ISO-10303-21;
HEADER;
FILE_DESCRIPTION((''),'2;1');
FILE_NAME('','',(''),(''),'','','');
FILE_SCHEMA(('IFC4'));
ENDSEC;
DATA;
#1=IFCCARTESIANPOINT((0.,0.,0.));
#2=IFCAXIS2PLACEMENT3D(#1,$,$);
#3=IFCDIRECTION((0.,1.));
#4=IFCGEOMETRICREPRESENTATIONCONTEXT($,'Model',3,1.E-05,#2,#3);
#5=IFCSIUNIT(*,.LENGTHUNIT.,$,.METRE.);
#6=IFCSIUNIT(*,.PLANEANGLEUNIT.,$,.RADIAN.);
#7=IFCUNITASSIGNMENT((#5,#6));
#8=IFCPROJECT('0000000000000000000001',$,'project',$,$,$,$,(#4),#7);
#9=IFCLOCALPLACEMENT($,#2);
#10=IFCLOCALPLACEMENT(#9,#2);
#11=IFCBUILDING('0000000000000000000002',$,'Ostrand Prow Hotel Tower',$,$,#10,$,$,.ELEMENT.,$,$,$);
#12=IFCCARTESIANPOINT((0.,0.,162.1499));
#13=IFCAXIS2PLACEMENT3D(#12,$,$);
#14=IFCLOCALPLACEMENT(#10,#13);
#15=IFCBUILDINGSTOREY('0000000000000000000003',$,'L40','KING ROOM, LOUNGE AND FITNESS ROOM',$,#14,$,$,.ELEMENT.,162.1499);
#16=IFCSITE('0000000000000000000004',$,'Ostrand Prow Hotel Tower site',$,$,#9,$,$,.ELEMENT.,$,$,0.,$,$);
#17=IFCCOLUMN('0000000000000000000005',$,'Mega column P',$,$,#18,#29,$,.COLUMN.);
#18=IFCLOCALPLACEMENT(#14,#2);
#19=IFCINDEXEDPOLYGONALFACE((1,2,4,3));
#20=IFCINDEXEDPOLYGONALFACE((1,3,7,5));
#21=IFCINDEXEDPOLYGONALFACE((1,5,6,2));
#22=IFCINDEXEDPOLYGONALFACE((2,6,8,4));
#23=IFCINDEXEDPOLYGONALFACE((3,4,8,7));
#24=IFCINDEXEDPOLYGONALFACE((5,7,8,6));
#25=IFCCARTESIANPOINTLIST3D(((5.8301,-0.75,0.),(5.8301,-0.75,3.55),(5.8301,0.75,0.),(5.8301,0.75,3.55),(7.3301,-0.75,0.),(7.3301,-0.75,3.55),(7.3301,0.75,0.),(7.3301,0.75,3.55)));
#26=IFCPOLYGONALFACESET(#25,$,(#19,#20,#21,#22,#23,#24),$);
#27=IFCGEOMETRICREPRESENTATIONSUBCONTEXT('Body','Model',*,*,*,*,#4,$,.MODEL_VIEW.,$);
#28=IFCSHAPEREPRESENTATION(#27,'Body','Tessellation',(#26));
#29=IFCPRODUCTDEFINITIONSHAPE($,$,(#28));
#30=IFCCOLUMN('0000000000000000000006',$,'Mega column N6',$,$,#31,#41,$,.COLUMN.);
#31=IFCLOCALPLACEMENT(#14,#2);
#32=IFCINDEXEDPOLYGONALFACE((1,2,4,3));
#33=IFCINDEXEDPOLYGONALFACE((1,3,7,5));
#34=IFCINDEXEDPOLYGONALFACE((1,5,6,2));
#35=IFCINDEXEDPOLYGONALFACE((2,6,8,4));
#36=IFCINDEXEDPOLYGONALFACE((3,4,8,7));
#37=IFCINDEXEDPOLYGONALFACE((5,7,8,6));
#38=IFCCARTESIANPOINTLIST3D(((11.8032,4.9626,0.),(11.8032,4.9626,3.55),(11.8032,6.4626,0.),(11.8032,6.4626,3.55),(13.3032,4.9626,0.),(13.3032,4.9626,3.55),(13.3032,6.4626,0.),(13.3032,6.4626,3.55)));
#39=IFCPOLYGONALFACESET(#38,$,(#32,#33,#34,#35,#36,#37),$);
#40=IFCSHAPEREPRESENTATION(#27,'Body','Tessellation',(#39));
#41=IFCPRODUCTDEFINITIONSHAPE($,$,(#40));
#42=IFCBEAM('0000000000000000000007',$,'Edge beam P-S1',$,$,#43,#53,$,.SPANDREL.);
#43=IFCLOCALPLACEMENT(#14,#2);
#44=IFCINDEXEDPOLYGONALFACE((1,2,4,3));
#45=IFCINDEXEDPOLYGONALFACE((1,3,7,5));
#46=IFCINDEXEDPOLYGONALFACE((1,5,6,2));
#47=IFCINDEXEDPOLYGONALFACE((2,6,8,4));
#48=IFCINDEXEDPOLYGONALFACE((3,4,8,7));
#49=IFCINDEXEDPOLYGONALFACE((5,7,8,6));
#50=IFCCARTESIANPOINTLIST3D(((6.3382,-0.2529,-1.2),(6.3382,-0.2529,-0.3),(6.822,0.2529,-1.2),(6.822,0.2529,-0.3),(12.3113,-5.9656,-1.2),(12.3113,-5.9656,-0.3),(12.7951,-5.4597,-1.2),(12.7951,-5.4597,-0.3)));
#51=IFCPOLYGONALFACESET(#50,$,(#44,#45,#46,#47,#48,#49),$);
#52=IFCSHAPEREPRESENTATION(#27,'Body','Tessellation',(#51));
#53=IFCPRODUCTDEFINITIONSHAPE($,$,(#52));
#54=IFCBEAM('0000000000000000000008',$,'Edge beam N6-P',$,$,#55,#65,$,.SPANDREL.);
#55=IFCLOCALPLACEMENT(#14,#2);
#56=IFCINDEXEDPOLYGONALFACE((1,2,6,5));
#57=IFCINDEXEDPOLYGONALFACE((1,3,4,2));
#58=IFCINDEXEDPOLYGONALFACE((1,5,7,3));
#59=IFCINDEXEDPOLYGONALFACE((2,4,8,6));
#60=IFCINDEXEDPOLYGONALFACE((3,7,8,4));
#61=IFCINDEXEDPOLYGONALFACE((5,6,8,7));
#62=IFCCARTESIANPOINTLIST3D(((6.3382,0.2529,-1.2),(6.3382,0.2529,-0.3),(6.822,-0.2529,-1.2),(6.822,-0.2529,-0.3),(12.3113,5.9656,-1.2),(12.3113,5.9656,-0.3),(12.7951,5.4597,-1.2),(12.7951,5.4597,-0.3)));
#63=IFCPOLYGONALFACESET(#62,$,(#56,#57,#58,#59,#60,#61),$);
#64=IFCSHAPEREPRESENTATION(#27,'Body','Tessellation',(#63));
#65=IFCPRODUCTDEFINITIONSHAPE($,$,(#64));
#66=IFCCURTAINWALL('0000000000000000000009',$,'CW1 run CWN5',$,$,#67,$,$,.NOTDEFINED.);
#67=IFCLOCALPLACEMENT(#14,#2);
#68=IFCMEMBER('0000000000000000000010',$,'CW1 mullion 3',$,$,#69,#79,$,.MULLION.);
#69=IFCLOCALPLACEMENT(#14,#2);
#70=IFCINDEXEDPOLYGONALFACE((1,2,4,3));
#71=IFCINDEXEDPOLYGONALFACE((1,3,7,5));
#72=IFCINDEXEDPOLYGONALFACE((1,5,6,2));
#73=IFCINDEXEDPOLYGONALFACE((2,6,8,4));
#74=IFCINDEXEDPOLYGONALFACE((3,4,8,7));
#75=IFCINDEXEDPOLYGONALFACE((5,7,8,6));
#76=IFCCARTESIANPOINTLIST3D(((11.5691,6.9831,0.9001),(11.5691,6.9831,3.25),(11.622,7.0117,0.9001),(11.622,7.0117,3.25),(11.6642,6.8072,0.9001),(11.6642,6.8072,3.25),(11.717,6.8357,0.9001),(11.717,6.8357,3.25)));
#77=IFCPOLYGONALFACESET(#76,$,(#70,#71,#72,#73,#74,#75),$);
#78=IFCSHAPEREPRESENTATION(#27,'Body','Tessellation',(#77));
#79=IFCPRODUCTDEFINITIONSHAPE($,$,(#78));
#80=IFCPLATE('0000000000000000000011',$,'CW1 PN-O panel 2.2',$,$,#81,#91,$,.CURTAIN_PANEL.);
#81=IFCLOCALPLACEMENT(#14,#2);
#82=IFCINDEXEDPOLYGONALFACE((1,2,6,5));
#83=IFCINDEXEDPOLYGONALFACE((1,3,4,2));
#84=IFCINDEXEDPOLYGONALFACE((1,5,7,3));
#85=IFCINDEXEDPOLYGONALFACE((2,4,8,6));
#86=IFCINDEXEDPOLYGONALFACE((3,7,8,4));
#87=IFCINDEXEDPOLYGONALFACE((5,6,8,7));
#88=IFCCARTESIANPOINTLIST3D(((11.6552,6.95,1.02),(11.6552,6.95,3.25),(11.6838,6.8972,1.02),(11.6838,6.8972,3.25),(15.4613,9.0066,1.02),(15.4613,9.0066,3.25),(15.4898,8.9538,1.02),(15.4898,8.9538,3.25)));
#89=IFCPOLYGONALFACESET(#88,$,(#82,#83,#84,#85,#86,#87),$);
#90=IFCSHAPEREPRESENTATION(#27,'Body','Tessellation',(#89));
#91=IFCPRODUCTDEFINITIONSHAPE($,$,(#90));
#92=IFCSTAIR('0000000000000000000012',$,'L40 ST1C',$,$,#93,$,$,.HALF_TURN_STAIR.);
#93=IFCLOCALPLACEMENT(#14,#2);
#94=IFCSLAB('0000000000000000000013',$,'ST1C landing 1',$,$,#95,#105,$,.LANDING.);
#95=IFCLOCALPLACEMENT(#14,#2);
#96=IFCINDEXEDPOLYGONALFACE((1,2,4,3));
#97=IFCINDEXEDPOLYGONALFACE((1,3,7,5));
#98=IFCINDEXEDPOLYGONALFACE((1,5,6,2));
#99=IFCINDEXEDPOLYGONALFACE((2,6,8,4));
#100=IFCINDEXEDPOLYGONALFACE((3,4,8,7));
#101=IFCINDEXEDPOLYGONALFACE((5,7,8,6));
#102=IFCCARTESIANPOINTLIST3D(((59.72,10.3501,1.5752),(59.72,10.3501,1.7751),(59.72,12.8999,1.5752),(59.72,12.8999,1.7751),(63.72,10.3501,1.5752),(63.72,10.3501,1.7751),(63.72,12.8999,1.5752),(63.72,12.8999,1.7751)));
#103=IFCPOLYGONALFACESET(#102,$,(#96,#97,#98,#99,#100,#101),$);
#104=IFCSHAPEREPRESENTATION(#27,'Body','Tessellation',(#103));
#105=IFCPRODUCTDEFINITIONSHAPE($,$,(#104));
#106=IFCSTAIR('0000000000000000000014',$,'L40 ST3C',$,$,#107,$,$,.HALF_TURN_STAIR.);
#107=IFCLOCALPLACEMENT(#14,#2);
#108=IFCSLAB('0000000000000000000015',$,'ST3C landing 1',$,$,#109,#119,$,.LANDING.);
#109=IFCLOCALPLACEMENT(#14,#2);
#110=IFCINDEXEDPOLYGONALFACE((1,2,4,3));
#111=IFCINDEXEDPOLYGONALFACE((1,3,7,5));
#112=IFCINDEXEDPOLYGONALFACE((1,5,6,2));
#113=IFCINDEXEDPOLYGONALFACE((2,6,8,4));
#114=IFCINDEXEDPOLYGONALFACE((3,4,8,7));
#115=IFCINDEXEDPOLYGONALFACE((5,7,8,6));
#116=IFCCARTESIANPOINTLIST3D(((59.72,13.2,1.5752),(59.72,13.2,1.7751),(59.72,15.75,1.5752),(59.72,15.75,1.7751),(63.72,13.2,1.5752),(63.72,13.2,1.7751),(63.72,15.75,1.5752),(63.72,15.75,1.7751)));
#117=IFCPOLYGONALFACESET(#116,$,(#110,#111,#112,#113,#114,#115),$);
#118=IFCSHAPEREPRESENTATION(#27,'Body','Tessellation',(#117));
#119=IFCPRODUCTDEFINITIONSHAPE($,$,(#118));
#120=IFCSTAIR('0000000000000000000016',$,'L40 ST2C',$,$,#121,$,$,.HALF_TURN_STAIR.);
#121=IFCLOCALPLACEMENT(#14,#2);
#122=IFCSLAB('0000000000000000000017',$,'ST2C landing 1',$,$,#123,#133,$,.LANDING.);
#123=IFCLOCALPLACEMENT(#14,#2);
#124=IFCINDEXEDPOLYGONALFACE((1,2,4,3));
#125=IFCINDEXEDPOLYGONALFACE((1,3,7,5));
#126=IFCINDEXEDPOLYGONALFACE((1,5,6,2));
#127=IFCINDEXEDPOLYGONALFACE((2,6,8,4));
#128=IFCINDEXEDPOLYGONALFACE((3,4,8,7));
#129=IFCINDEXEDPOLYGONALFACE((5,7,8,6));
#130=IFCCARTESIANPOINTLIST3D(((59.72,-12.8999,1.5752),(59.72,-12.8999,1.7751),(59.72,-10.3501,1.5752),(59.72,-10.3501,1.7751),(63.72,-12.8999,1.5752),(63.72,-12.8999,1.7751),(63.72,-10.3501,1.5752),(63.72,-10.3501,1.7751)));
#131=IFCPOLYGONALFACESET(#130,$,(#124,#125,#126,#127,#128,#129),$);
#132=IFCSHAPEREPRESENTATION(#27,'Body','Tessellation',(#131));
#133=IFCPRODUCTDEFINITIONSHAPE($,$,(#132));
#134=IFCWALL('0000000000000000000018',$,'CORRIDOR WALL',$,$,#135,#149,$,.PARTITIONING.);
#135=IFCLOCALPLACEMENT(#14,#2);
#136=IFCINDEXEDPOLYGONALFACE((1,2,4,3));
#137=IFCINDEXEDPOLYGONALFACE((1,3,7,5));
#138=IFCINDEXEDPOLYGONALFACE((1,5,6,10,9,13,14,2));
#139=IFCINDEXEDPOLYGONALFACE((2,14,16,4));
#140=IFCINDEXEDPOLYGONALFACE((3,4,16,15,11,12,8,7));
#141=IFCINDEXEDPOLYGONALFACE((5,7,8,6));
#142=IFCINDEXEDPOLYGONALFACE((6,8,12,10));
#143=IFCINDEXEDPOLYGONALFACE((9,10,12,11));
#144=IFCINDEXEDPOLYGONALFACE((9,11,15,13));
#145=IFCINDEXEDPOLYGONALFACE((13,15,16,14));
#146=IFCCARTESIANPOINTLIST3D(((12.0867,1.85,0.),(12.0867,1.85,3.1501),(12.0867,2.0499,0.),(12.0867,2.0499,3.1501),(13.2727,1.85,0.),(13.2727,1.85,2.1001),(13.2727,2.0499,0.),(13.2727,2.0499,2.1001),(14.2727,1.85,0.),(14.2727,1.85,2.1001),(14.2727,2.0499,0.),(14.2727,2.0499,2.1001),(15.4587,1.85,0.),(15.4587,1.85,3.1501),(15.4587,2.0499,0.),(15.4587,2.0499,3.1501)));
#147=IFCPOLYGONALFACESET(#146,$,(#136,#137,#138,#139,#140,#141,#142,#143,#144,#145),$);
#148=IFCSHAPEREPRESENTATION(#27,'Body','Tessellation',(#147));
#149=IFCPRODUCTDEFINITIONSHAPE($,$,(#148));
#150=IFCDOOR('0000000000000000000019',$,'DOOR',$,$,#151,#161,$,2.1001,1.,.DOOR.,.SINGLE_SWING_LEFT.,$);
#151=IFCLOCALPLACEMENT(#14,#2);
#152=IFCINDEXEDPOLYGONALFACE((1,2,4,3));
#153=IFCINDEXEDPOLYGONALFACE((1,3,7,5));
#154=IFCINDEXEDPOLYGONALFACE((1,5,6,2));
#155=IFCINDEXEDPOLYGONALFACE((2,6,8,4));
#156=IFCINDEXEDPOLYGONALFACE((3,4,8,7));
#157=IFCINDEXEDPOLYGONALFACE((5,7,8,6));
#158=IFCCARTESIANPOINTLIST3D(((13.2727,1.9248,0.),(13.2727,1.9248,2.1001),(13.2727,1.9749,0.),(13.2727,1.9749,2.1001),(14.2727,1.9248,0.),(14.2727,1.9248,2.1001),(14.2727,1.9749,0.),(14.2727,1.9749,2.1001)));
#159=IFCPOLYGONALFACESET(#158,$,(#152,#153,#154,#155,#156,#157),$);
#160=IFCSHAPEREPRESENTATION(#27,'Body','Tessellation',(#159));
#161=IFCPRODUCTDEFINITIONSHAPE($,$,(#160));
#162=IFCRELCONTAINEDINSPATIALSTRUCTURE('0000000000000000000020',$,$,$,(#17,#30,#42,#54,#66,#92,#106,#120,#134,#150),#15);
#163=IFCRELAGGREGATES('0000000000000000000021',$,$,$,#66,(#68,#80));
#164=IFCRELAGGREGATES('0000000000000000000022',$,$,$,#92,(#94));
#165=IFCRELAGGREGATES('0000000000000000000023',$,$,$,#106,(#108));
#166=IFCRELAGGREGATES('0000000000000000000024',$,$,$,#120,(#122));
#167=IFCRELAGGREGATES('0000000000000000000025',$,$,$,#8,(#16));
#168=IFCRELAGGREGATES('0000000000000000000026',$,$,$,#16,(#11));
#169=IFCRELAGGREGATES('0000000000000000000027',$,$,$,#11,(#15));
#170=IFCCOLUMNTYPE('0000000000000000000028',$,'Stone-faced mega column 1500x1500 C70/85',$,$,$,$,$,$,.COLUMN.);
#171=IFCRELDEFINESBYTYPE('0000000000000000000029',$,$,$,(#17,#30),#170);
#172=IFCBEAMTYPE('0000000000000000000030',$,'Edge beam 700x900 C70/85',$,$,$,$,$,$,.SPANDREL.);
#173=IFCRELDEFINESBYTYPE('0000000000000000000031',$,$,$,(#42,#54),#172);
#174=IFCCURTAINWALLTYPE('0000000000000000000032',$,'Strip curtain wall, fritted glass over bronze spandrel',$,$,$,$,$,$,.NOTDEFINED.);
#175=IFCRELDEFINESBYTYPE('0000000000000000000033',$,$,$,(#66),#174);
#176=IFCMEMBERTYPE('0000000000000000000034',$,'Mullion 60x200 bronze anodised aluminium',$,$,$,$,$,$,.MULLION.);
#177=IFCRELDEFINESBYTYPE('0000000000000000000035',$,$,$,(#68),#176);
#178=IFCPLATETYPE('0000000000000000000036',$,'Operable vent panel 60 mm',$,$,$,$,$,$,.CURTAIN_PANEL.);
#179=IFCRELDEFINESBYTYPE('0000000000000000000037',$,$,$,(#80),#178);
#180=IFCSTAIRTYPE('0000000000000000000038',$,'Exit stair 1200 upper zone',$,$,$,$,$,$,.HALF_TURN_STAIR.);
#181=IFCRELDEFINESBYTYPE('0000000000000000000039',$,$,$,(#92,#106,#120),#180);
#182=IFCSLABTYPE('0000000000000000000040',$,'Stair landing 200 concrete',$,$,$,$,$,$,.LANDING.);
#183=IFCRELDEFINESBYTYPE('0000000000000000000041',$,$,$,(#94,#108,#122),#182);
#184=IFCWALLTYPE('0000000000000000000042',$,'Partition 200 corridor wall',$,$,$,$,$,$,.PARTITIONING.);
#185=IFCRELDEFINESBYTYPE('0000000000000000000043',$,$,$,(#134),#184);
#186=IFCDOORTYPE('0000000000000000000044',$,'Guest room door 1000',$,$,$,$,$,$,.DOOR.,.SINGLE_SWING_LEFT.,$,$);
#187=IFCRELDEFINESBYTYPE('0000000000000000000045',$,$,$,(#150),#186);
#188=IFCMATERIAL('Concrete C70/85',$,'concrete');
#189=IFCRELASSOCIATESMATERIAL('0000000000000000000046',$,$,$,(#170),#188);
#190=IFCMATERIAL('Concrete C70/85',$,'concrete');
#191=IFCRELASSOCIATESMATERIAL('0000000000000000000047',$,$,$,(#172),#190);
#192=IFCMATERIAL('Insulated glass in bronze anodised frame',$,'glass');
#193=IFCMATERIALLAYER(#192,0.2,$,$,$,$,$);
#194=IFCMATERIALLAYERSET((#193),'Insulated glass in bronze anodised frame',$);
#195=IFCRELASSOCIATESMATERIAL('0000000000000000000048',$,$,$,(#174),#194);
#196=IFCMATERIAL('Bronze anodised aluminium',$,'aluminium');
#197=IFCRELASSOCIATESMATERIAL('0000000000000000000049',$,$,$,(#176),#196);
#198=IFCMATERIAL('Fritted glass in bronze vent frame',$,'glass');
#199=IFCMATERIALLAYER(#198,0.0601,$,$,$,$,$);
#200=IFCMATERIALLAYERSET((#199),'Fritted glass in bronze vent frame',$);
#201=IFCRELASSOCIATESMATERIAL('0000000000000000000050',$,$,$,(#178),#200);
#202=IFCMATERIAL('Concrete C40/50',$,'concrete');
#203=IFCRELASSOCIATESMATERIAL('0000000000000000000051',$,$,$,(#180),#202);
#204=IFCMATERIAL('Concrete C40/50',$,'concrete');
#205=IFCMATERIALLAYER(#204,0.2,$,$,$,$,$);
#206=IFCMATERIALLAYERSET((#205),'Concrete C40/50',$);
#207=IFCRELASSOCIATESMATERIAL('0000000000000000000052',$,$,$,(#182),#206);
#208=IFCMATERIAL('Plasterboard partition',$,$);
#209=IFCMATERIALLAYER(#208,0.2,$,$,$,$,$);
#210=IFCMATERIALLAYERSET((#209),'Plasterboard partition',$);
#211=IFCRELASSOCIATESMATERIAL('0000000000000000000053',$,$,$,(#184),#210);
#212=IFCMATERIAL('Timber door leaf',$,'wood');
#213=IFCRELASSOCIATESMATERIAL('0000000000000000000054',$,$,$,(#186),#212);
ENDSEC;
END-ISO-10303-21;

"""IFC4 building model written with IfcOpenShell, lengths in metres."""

from ifc_helpers import new_model, si_unit, direction, frame, frame_2d, origin, origin_2d, place, context, subcontext, project, spatial, polyline, rectangle, outline, extrude, material, layer, layer_set, material_profile, profile_set, type_object, element, fill, aggregate, save


model = new_model("IFC4")

# Units and contexts
model_context = context("Model", 3, precision=1e-05, world=origin(), true_north=direction((0.0, 1.0)))
body_context = subcontext(model_context, "Body", "Model", "MODEL_VIEW")
ifc_project = project(units=[si_unit("LENGTHUNIT", "METRE"), si_unit("PLANEANGLEUNIT", "RADIAN")], contexts=[model_context])

# Site, building, storey
site_placement = place(None, origin())
site = spatial("IfcSite", under=ifc_project, at=site_placement, Name="Ostrand Prow Hotel Tower site", CompositionType="ELEMENT", RefElevation=0.0)
building_placement = place(site_placement, origin())
building = spatial("IfcBuilding", under=site, at=building_placement, Name="Ostrand Prow Hotel Tower", CompositionType="ELEMENT")
storey_placement = place(building_placement, frame((0.0, 0.0, 162.1499)))
storey = spatial("IfcBuildingStorey", under=building, at=storey_placement, Name="L40", Description="KING ROOM, LOUNGE AND FITNESS ROOM", CompositionType="ELEMENT", Elevation=162.1499)

# Columns
ifc_material_1 = material(Name="Concrete C70/85", Category="concrete")
ifc_material_profile_1 = material_profile(ifc_material_1, rectangle(XDim=1.5, YDim=1.5, at=origin_2d()), Name="RC 1500x1500")
ifc_profile_set_1 = profile_set([ifc_material_profile_1], Name="Concrete C70/85")
column_type = type_object("IfcColumnType", Name="Stone-faced mega column 1500x1500 C70/85", PredefinedType="COLUMN", material=ifc_profile_set_1)
for number, where, z_axis, x_axis, name in (
    (1, (6.5801, 0.0, 0.0), (0.0, 0.0, 1.0), (1.0, 0.0, 0.0), "Mega column P"),
    (2, (12.5532, 5.7126, 0.0), (0.0, 0.0, 1.0), (1.0, 0.0, 0.0), "Mega column N6"),
):
    element("IfcColumn", number, at=place(storey_placement, frame(where, z_axis=z_axis, x_axis=x_axis)), inside=storey, type_object=column_type, Name=name, PredefinedType="COLUMN", context=body_context, shape_type="SweptSolid", body=[
        extrude(rectangle(XDim=1.5, YDim=1.5, at=origin_2d()), origin(), (0.0, 0.0, 1.0), 3.55),
    ])

# Beams
ifc_material_2 = material(Name="Concrete C70/85", Category="concrete")
ifc_material_profile_2 = material_profile(ifc_material_2, rectangle(XDim=0.7, YDim=0.8999, at=origin_2d()), Name="RC 700x900")
ifc_profile_set_2 = profile_set([ifc_material_profile_2], Name="Concrete C70/85")
beam_type = type_object("IfcBeamType", Name="Edge beam 700x900 C70/85", PredefinedType="SPANDREL", material=ifc_profile_set_2)
for number, where, z_axis, x_axis, name in (
    (3, (6.5801, 0.0, -0.75), (0.72269, -0.691172, 0.0), (0.691172, 0.72269, 0.0), "Edge beam P-S1"),
    (4, (12.5532, 5.7126, -0.75), (-0.72269, -0.691172, 0.0), (0.691172, -0.72269, 0.0), "Edge beam N6-P"),
):
    element("IfcBeam", number, at=place(storey_placement, frame(where, z_axis=z_axis, x_axis=x_axis)), inside=storey, type_object=beam_type, Name=name, PredefinedType="SPANDREL", context=body_context, shape_type="SweptSolid", body=[
        extrude(rectangle(XDim=0.7, YDim=0.8999, at=origin_2d()), origin(), (0.0, 0.0, 1.0), 8.2651),
    ])

# Curtain wall, member, plate
ifc_material_3 = material(Name="Insulated glass in bronze anodised frame", Category="glass")
ifc_layer_1 = layer(ifc_material_3, 0.2)
ifc_layer_set_1 = layer_set([ifc_layer_1], Name="Insulated glass in bronze anodised frame")
curtain_wall_type = type_object("IfcCurtainWallType", Name="Strip curtain wall, fritted glass over bronze spandrel", PredefinedType="NOTDEFINED", material=ifc_layer_set_1)
curtain_wall_placement = place(storey_placement, origin())
curtain_wall = element("IfcCurtainWall", 5, at=curtain_wall_placement, inside=storey, type_object=curtain_wall_type, Name="CW1 run CWN5", PredefinedType="NOTDEFINED")
ifc_material_4 = material(Name="Bronze anodised aluminium", Category="aluminium")
ifc_material_profile_3 = material_profile(ifc_material_4, rectangle(XDim=0.2, YDim=0.0601, at=origin_2d()), Name="Mullion 60x200 bronze anodised aluminium")
ifc_profile_set_3 = profile_set([ifc_material_profile_3], Name="Bronze anodised aluminium")
member_type = type_object("IfcMemberType", Name="Mullion 60x200 bronze anodised aluminium", PredefinedType="MULLION", material=ifc_profile_set_3)
member_placement = place(storey_placement, frame((11.6431, 6.9094, 0.9001), z_axis=(0.0, 0.0, 1.0), x_axis=(0.475394, -0.879773, 0.0)))
member = element("IfcMember", 6, at=member_placement, type_object=member_type, Name="CW1 mullion 3", PredefinedType="MULLION", context=body_context, shape_type="SweptSolid", body=[
    extrude(rectangle(XDim=0.2, YDim=0.0601, at=origin_2d()), origin(), (0.0, 0.0, 1.0), 2.3499),
])
ifc_material_5 = material(Name="Fritted glass in bronze vent frame", Category="glass")
ifc_layer_2 = layer(ifc_material_5, 0.0601)
ifc_layer_set_2 = layer_set([ifc_layer_2], Name="Fritted glass in bronze vent frame")
plate_type = type_object("IfcPlateType", Name="Operable vent panel 60 mm", PredefinedType="CURTAIN_PANEL", material=ifc_layer_set_2)
plate_placement = place(storey_placement, frame((13.5725, 7.9519, 1.02), z_axis=(0.0, 0.0, 1.0), x_axis=(-0.879773, -0.475394, 0.0)))
plate = element("IfcPlate", 7, at=plate_placement, type_object=plate_type, Name="CW1 PN-O panel 2.2", PredefinedType="CURTAIN_PANEL", context=body_context, shape_type="SweptSolid", body=[
    extrude(rectangle(XDim=4.3262, YDim=0.0601, at=origin_2d()), origin(), (0.0, 0.0, 1.0), 2.23),
])
aggregate(curtain_wall, [member, plate])

# Stairs, slabs
ifc_material_6 = material(Name="Concrete C40/50", Category="concrete")
stair_type = type_object("IfcStairType", Name="Exit stair 1200 upper zone", PredefinedType="HALF_TURN_STAIR", material=ifc_material_6)
stair_1_placement = place(storey_placement, origin())
stair_1 = element("IfcStair", 8, at=stair_1_placement, inside=storey, type_object=stair_type, Name="L40 ST1C", PredefinedType="HALF_TURN_STAIR")
ifc_material_7 = material(Name="Concrete C40/50", Category="concrete")
ifc_layer_3 = layer(ifc_material_7, 0.2)
ifc_layer_set_3 = layer_set([ifc_layer_3], Name="Concrete C40/50")
slab_type = type_object("IfcSlabType", Name="Stair landing 200 concrete", PredefinedType="LANDING", material=ifc_layer_set_3)
slab_1_placement = place(storey_placement, frame((0.0, 0.0, 1.5752)))
slab_1 = element("IfcSlab", 9, at=slab_1_placement, type_object=slab_type, Name="ST1C landing 1", PredefinedType="LANDING", context=body_context, shape_type="SweptSolid", body=[
    extrude(outline(polyline([(59.72, 10.3501), (63.72, 10.3501), (63.72, 12.8999), (59.72, 12.8999), (59.72, 10.3501)])), origin(), (0.0, 0.0, 1.0), 0.2),
])
aggregate(stair_1, [slab_1])
stair_2_placement = place(storey_placement, origin())
stair_2 = element("IfcStair", 10, at=stair_2_placement, inside=storey, type_object=stair_type, Name="L40 ST3C", PredefinedType="HALF_TURN_STAIR")
slab_2_placement = place(storey_placement, frame((0.0, 0.0, 1.5752)))
slab_2 = element("IfcSlab", 11, at=slab_2_placement, type_object=slab_type, Name="ST3C landing 1", PredefinedType="LANDING", context=body_context, shape_type="SweptSolid", body=[
    extrude(outline(polyline([(59.72, 13.2), (63.72, 13.2), (63.72, 15.75), (59.72, 15.75), (59.72, 13.2)])), origin(), (0.0, 0.0, 1.0), 0.2),
])
aggregate(stair_2, [slab_2])
stair_3_placement = place(storey_placement, origin())
stair_3 = element("IfcStair", 12, at=stair_3_placement, inside=storey, type_object=stair_type, Name="L40 ST2C", PredefinedType="HALF_TURN_STAIR")
slab_3_placement = place(storey_placement, frame((0.0, 0.0, 1.5752)))
slab_3 = element("IfcSlab", 13, at=slab_3_placement, type_object=slab_type, Name="ST2C landing 1", PredefinedType="LANDING", context=body_context, shape_type="SweptSolid", body=[
    extrude(outline(polyline([(59.72, -12.8999), (63.72, -12.8999), (63.72, -10.3501), (59.72, -10.3501), (59.72, -12.8999)])), origin(), (0.0, 0.0, 1.0), 0.2),
])
aggregate(stair_3, [slab_3])

# Wall, opening, door
ifc_material_8 = material(Name="Plasterboard partition")
ifc_layer_4 = layer(ifc_material_8, 0.2)
ifc_layer_set_4 = layer_set([ifc_layer_4], Name="Plasterboard partition")
wall_type_1 = type_object("IfcWallType", Name="Partition 200 corridor wall", PredefinedType="PARTITIONING", material=ifc_layer_set_4)
wall_1_placement = place(storey_placement, frame((12.0867, 1.95, 0.0), z_axis=(0.0, 0.0, 1.0), x_axis=(1.0, 0.0, 0.0)))
wall_1 = element("IfcWall", 14, at=wall_1_placement, inside=storey, type_object=wall_type_1, Name="CORRIDOR WALL", PredefinedType="PARTITIONING", context=body_context, shape_type="SweptSolid", body=[
    extrude(rectangle(XDim=3.3721, YDim=0.2, at=frame_2d((1.686, 0.0))), origin(), (0.0, 0.0, 1.0), 3.1501),
])
opening_1_placement = place(wall_1_placement, frame((1.186, 0.0, 0.0)))
opening_1 = element("IfcOpeningElement", 15, at=opening_1_placement, cuts=wall_1, PredefinedType="OPENING", context=body_context, shape_type="SweptSolid", body=[
    extrude(rectangle(XDim=1.0, YDim=2.1001, at=frame_2d((0.5, 1.05))), frame((0.0, 0.1099, 0.0), z_axis=(0.0, -1.0, 0.0), x_axis=(1.0, 0.0, 0.0)), (0.0, 0.0, 1.0), 0.22),
])
ifc_material_9 = material(Name="Timber door leaf", Category="wood")
door_type = type_object("IfcDoorType", Name="Guest room door 1000", OperationType="SINGLE_SWING_LEFT", PredefinedType="DOOR", material=ifc_material_9)
door_placement = place(opening_1_placement, origin())
door = element("IfcDoor", 16, at=door_placement, inside=storey, type_object=door_type, Name="DOOR", OperationType="SINGLE_SWING_LEFT", OverallHeight=2.1001, OverallWidth=1.0, PredefinedType="DOOR", context=body_context, shape_type="SweptSolid", body=[
    extrude(rectangle(XDim=1.0, YDim=2.1001, at=frame_2d((0.5, 1.05))), frame((0.0, 0.0249, 0.0), z_axis=(0.0, -1.0, 0.0), x_axis=(1.0, 0.0, 0.0)), (0.0, 0.0, 1.0), 0.05),
])
fill(opening_1, door)

save(model, "model.ifc")
